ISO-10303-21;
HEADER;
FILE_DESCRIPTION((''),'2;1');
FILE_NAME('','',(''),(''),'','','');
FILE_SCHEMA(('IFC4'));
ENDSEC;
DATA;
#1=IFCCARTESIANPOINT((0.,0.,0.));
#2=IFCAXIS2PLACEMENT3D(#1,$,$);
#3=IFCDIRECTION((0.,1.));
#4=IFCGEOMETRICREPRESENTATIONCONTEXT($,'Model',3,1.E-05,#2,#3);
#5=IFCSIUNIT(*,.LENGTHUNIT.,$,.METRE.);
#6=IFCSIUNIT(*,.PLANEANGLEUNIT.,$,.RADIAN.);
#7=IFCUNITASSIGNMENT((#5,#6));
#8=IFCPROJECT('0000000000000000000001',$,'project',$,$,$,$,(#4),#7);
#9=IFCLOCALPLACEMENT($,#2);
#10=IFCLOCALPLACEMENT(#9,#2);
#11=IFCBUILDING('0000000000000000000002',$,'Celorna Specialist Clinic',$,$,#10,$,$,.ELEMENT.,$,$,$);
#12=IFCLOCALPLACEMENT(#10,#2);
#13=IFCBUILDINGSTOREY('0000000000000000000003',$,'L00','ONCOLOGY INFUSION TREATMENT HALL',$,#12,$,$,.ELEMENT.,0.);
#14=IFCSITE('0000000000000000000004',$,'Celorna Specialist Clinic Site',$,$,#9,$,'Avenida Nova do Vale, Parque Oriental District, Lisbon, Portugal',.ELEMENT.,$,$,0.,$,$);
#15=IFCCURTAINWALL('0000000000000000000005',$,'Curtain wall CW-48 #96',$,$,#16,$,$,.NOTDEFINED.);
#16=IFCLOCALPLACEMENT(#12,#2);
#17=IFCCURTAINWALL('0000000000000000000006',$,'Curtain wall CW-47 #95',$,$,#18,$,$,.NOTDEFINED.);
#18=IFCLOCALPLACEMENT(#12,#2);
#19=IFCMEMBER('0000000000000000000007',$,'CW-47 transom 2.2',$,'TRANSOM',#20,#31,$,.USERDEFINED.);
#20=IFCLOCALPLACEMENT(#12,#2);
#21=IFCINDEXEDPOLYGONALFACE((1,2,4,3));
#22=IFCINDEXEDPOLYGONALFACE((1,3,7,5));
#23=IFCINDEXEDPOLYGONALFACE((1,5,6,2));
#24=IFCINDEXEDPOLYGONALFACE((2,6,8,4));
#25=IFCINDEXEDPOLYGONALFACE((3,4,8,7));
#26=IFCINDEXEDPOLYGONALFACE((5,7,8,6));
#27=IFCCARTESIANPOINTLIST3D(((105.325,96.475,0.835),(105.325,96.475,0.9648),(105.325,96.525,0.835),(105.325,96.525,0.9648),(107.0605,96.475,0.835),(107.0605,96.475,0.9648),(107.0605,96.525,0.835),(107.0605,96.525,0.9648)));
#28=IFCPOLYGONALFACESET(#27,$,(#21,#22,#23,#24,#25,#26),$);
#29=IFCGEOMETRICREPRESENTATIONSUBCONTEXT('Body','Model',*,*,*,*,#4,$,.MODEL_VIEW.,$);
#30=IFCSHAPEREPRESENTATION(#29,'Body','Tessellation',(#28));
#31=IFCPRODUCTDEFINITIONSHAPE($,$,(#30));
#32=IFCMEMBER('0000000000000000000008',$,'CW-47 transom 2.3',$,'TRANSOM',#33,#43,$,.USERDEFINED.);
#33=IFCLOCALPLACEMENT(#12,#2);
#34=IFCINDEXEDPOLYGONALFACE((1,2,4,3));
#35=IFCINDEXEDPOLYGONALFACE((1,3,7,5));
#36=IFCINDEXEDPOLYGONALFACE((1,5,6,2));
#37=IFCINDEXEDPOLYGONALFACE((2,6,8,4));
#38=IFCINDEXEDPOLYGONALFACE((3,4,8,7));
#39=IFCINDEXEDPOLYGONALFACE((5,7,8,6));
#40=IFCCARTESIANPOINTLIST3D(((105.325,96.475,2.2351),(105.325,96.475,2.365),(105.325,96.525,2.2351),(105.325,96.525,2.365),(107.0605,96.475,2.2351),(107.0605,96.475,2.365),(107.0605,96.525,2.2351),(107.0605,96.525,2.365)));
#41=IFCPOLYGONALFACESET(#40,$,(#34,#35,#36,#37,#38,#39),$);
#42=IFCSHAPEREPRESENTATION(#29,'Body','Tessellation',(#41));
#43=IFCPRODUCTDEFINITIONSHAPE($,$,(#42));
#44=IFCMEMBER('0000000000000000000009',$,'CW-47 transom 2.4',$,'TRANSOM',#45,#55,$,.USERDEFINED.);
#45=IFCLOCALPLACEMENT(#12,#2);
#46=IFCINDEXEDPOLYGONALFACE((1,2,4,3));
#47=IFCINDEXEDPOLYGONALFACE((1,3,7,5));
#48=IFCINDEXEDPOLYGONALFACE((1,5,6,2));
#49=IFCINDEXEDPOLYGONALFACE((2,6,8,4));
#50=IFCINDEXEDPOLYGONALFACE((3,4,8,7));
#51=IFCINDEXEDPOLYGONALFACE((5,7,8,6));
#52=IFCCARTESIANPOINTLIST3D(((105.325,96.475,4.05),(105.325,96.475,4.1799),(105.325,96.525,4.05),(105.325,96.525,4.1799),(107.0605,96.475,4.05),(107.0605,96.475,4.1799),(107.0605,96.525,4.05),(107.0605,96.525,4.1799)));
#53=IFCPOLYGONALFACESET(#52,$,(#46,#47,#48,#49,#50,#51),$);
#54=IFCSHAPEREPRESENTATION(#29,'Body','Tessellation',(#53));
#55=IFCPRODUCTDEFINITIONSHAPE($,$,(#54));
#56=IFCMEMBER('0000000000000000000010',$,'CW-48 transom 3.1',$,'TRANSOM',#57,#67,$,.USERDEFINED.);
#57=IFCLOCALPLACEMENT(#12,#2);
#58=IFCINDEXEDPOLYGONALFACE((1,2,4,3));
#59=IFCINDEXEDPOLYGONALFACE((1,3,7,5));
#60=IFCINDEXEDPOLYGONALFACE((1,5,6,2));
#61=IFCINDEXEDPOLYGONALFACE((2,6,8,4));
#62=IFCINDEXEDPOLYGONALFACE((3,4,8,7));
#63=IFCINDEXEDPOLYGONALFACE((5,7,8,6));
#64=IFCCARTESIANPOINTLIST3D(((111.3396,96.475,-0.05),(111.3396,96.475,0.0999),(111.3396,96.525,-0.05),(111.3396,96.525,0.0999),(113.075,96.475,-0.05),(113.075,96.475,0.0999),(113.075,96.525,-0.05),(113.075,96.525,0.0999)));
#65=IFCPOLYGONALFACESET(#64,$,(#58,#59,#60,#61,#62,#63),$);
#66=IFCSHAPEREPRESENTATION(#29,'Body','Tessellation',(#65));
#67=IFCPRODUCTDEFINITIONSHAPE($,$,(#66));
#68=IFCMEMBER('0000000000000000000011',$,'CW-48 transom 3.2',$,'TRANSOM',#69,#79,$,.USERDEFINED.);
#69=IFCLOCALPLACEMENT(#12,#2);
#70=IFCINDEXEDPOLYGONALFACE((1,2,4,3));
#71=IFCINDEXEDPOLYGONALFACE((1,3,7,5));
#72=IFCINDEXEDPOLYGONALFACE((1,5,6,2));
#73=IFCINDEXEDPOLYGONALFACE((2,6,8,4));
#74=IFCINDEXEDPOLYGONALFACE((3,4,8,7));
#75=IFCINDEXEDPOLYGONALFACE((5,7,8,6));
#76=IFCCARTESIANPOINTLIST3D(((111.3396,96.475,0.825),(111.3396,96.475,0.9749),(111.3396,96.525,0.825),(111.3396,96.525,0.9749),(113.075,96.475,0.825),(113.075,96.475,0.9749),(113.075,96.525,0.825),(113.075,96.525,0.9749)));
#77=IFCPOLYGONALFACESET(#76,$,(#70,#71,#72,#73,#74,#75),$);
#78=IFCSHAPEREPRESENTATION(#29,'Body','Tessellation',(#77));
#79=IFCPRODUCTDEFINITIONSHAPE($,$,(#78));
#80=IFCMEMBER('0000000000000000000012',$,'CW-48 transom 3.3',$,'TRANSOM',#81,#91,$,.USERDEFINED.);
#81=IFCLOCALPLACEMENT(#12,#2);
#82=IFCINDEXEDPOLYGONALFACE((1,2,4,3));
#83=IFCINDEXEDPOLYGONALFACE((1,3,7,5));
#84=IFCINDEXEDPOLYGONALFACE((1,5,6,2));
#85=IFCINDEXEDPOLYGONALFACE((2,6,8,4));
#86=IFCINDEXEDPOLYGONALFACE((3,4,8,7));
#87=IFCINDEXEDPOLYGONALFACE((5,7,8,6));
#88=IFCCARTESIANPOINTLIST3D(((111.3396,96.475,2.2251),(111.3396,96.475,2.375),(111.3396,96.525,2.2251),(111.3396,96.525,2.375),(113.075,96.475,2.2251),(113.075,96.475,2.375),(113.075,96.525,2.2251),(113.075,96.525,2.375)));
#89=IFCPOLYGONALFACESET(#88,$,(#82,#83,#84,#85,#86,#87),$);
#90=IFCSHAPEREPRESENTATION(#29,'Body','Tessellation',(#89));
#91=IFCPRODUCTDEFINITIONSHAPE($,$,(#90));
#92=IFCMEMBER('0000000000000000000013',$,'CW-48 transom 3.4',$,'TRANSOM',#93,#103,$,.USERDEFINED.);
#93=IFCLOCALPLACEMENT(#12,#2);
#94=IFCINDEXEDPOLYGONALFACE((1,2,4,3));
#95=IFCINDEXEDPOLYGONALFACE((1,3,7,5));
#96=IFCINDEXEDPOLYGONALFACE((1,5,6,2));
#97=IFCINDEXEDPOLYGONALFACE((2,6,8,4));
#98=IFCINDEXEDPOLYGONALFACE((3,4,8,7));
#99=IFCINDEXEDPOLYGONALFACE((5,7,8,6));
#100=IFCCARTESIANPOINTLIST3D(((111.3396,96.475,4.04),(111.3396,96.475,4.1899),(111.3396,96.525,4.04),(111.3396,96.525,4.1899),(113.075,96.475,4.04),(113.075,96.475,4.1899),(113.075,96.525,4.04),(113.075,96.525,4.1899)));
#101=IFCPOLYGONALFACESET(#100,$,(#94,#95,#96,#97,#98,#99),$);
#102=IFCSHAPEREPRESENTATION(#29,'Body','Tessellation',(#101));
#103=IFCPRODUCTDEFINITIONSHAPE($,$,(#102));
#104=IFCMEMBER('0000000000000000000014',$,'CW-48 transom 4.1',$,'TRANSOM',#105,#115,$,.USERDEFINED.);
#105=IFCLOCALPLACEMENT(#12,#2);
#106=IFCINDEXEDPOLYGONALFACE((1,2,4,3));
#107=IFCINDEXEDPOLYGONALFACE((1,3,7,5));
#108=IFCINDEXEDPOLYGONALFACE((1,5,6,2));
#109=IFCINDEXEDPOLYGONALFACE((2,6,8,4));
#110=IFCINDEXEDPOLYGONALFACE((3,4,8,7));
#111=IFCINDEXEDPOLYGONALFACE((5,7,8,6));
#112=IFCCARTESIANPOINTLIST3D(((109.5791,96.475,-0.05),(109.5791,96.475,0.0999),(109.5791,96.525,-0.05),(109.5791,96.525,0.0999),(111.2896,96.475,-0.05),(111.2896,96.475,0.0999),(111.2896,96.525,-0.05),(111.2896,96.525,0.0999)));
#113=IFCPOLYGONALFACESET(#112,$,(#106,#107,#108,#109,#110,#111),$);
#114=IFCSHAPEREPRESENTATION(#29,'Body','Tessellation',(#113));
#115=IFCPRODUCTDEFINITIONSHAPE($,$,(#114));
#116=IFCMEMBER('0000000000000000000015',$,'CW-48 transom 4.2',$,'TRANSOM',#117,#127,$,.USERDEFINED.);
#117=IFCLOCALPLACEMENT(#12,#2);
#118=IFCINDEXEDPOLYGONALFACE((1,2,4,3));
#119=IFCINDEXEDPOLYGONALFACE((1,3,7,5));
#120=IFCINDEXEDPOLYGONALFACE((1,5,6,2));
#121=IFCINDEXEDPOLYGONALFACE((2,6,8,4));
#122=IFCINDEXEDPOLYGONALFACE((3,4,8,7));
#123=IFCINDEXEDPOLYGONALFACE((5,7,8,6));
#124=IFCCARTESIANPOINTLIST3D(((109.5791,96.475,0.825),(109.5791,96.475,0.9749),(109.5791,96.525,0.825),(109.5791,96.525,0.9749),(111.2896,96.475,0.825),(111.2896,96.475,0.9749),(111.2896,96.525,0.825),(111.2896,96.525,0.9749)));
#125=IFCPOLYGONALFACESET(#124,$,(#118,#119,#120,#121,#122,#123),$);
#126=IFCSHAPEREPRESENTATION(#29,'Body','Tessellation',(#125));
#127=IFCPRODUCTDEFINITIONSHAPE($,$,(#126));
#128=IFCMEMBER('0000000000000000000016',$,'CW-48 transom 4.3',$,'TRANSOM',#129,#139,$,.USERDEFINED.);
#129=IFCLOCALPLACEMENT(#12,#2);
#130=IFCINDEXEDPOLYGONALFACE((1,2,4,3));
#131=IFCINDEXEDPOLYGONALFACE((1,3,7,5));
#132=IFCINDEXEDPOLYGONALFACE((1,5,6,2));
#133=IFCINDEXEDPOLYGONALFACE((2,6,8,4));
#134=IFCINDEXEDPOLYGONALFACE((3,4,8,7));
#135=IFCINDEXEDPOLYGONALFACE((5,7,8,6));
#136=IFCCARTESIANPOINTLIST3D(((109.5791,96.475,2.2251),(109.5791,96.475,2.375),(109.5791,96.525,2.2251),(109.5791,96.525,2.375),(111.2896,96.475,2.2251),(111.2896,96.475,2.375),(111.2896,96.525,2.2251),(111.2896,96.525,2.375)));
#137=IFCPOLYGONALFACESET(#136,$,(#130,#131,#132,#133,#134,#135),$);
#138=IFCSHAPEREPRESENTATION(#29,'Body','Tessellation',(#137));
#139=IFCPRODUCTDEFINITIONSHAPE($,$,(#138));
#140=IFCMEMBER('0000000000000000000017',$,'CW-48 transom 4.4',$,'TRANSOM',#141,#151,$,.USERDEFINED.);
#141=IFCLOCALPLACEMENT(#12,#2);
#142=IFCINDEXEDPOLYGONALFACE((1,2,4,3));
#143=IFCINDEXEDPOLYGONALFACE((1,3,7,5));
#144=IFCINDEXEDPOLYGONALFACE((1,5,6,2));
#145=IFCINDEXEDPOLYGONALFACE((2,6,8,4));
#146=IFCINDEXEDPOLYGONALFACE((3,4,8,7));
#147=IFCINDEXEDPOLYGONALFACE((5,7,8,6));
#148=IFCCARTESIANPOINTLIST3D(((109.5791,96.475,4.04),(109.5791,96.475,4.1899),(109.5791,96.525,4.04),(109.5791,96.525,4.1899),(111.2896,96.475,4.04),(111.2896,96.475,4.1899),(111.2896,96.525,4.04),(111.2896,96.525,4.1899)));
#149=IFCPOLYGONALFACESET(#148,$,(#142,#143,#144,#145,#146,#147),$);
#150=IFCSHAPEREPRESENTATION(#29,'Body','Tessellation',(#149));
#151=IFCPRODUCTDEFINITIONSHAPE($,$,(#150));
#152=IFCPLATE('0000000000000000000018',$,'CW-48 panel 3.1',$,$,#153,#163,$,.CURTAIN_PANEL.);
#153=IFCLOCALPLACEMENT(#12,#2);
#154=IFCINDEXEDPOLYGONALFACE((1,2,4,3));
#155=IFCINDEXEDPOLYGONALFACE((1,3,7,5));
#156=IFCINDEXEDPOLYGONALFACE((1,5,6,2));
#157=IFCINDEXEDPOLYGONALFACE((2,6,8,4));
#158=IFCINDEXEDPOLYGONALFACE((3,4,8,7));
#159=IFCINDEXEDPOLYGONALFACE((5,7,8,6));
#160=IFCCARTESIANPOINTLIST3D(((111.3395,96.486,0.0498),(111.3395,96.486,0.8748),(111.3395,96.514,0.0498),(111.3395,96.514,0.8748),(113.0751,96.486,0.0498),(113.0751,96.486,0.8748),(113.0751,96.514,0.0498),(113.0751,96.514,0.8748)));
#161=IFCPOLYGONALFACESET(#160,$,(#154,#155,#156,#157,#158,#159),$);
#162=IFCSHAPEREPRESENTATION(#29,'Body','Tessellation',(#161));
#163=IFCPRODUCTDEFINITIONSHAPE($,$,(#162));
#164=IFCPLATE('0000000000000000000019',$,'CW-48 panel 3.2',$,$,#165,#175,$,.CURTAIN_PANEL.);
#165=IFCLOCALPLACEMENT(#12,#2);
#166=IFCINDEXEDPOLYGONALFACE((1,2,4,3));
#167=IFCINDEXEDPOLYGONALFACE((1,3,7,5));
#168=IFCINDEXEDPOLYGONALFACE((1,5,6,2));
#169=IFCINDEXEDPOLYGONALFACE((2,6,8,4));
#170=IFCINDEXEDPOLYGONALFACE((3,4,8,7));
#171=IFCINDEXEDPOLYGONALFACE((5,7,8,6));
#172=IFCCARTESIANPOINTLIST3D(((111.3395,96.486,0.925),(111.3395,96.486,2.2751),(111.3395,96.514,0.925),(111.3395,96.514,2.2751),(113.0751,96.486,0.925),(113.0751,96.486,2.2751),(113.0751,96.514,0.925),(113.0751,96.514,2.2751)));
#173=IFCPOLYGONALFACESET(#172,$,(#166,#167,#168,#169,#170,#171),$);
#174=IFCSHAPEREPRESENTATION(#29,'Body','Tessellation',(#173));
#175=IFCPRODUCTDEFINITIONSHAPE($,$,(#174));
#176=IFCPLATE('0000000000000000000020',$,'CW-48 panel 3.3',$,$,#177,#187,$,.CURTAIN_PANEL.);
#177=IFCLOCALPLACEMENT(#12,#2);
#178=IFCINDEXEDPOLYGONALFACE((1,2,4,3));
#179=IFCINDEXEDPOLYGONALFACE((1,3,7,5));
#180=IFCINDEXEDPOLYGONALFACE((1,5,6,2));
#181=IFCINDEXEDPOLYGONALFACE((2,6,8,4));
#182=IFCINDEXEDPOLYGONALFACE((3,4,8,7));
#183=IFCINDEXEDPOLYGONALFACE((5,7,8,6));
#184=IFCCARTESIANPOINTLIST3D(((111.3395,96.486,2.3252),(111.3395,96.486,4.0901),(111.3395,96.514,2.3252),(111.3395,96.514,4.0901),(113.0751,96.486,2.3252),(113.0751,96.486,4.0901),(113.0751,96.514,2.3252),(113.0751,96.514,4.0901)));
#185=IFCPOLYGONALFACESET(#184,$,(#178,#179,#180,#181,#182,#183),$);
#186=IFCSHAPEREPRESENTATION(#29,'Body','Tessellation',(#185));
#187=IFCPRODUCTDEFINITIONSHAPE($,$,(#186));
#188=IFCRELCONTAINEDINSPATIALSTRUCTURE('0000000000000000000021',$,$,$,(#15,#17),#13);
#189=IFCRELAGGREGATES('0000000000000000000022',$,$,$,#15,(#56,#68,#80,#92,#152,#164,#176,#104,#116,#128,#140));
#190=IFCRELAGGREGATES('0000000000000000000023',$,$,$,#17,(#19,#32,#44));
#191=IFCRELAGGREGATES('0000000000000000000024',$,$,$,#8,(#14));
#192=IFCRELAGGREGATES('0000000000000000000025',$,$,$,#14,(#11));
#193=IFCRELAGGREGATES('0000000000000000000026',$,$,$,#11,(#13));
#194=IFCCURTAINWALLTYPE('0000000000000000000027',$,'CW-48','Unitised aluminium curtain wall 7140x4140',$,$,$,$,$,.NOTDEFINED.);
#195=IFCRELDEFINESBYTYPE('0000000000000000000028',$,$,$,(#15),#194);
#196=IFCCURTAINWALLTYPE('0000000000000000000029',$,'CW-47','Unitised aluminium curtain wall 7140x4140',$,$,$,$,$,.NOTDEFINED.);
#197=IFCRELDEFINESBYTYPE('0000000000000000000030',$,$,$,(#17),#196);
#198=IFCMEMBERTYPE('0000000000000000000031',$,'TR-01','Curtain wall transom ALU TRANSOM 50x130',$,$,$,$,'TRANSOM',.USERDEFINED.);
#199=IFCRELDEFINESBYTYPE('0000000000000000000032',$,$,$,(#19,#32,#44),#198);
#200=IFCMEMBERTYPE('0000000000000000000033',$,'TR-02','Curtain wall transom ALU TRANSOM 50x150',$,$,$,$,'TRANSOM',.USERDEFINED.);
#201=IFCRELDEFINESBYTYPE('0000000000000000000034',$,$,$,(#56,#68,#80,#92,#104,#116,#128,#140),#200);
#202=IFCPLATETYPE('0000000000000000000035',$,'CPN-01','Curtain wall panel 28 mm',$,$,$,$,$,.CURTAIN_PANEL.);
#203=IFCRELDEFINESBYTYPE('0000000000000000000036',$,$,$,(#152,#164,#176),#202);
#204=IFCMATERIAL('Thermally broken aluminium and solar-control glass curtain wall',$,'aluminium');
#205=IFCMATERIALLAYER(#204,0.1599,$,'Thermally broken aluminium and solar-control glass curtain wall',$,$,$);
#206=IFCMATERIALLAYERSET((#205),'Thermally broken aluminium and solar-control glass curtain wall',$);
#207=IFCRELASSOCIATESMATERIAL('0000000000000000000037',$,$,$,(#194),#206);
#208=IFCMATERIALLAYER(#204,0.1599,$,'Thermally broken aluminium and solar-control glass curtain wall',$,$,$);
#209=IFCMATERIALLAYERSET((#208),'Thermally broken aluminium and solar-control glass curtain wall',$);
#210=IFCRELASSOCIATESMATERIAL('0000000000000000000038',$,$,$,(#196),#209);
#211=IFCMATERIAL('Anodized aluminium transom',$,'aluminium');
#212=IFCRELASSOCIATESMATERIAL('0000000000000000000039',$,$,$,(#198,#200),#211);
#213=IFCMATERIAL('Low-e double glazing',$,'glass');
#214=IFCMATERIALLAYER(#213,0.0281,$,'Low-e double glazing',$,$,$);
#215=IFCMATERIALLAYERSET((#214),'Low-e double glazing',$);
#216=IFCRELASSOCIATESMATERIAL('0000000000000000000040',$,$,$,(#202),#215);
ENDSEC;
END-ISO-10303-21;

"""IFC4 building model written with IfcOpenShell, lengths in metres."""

from ifc_helpers import new_model, si_unit, direction, frame, origin, origin_2d, place, context, subcontext, project, spatial, rectangle, extrude, material, layer, layer_set, material_profile, profile_set, type_object, element, aggregate, save


model = new_model("IFC4")

# Units and contexts
model_context = context("Model", 3, precision=1e-05, world=origin(), true_north=direction((0.0, 1.0)))
body_context = subcontext(model_context, "Body", "Model", "MODEL_VIEW")
ifc_project = project(units=[si_unit("LENGTHUNIT", "METRE"), si_unit("PLANEANGLEUNIT", "RADIAN")], contexts=[model_context])

# Site, building, storey
site_placement = place(None, origin())
site = spatial("IfcSite", under=ifc_project, at=site_placement, Name="Celorna Specialist Clinic Site", LongName="Avenida Nova do Vale, Parque Oriental District, Lisbon, Portugal", CompositionType="ELEMENT", RefElevation=0.0)
building_placement = place(site_placement, origin())
building = spatial("IfcBuilding", under=site, at=building_placement, Name="Celorna Specialist Clinic", CompositionType="ELEMENT")
storey_placement = place(building_placement, origin())
storey = spatial("IfcBuildingStorey", under=building, at=storey_placement, Name="L00", Description="ONCOLOGY INFUSION TREATMENT HALL", CompositionType="ELEMENT", Elevation=0.0)

# Curtain walls, members
ifc_material_1 = material(Name="Thermally broken aluminium and solar-control glass curtain wall", Category="aluminium")
ifc_layer_1 = layer(ifc_material_1, 0.1599, Name="Thermally broken aluminium and solar-control glass curtain wall")
ifc_layer_set_1 = layer_set([ifc_layer_1], Name="Thermally broken aluminium and solar-control glass curtain wall")
curtain_wall_type_1 = type_object("IfcCurtainWallType", Name="CW-48", Description="Unitised aluminium curtain wall 7140x4140", PredefinedType="NOTDEFINED", material=ifc_layer_set_1)
curtain_wall_1_placement = place(storey_placement, origin())
curtain_wall_1 = element("IfcCurtainWall", 1, at=curtain_wall_1_placement, inside=storey, type_object=curtain_wall_type_1, Name="Curtain wall CW-48 #96", PredefinedType="NOTDEFINED")
ifc_layer_2 = layer(ifc_material_1, 0.1599, Name="Thermally broken aluminium and solar-control glass curtain wall")
ifc_layer_set_2 = layer_set([ifc_layer_2], Name="Thermally broken aluminium and solar-control glass curtain wall")
curtain_wall_type_2 = type_object("IfcCurtainWallType", Name="CW-47", Description="Unitised aluminium curtain wall 7140x4140", PredefinedType="NOTDEFINED", material=ifc_layer_set_2)
curtain_wall_2_placement = place(storey_placement, origin())
curtain_wall_2 = element("IfcCurtainWall", 2, at=curtain_wall_2_placement, inside=storey, type_object=curtain_wall_type_2, Name="Curtain wall CW-47 #95", PredefinedType="NOTDEFINED")
ifc_material_2 = material(Name="Anodized aluminium transom", Category="aluminium")
ifc_material_profile_1 = material_profile(ifc_material_2, rectangle(XDim=0.05, YDim=0.1299, at=origin_2d()), Name="ALU TRANSOM 50x130")
ifc_profile_set_1 = profile_set([ifc_material_profile_1], Name="Anodized aluminium transom")
member_type_1 = type_object("IfcMemberType", Name="TR-01", Description="Curtain wall transom ALU TRANSOM 50x130", ElementType="TRANSOM", PredefinedType="USERDEFINED", material=ifc_profile_set_1)
member_1_placement = place(storey_placement, frame((107.0605, 96.5, 0.8999), z_axis=(-1.0, 0.0, 0.0), x_axis=(0.0, -1.0, 0.0)))
member_1 = element("IfcMember", 3, at=member_1_placement, type_object=member_type_1, Name="CW-47 transom 2.2", ObjectType="TRANSOM", PredefinedType="USERDEFINED", context=body_context, shape_type="SweptSolid", body=[
    extrude(rectangle(XDim=0.05, YDim=0.1299, at=origin_2d()), origin(), (0.0, 0.0, 1.0), 1.7356),
])
member_2_placement = place(storey_placement, frame((107.0605, 96.5, 2.3), z_axis=(-1.0, 0.0, 0.0), x_axis=(0.0, -1.0, 0.0)))
member_2 = element("IfcMember", 4, at=member_2_placement, type_object=member_type_1, Name="CW-47 transom 2.3", ObjectType="TRANSOM", PredefinedType="USERDEFINED", context=body_context, shape_type="SweptSolid", body=[
    extrude(rectangle(XDim=0.05, YDim=0.1299, at=origin_2d()), origin(), (0.0, 0.0, 1.0), 1.7356),
])
member_3_placement = place(storey_placement, frame((107.0605, 96.5, 4.115), z_axis=(-1.0, 0.0, 0.0), x_axis=(0.0, -1.0, 0.0)))
member_3 = element("IfcMember", 5, at=member_3_placement, type_object=member_type_1, Name="CW-47 transom 2.4", ObjectType="TRANSOM", PredefinedType="USERDEFINED", context=body_context, shape_type="SweptSolid", body=[
    extrude(rectangle(XDim=0.05, YDim=0.1299, at=origin_2d()), origin(), (0.0, 0.0, 1.0), 1.7356),
])

# Members
ifc_material_profile_2 = material_profile(ifc_material_2, rectangle(XDim=0.05, YDim=0.1499, at=origin_2d()), Name="ALU TRANSOM 50x150")
ifc_profile_set_2 = profile_set([ifc_material_profile_2], Name="Anodized aluminium transom")
member_type_2 = type_object("IfcMemberType", Name="TR-02", Description="Curtain wall transom ALU TRANSOM 50x150", ElementType="TRANSOM", PredefinedType="USERDEFINED", material=ifc_profile_set_2)
member_4_placement = place(storey_placement, frame((113.075, 96.5, 0.0249), z_axis=(-1.0, 0.0, 0.0), x_axis=(0.0, -1.0, 0.0)))
member_4 = element("IfcMember", 6, at=member_4_placement, type_object=member_type_2, Name="CW-48 transom 3.1", ObjectType="TRANSOM", PredefinedType="USERDEFINED", context=body_context, shape_type="SweptSolid", body=[
    extrude(rectangle(XDim=0.05, YDim=0.1499, at=origin_2d()), origin(), (0.0, 0.0, 1.0), 1.7354),
])
member_5_placement = place(storey_placement, frame((113.075, 96.5, 0.8999), z_axis=(-1.0, 0.0, 0.0), x_axis=(0.0, -1.0, 0.0)))
member_5 = element("IfcMember", 7, at=member_5_placement, type_object=member_type_2, Name="CW-48 transom 3.2", ObjectType="TRANSOM", PredefinedType="USERDEFINED", context=body_context, shape_type="SweptSolid", body=[
    extrude(rectangle(XDim=0.05, YDim=0.1499, at=origin_2d()), origin(), (0.0, 0.0, 1.0), 1.7354),
])
member_6_placement = place(storey_placement, frame((113.075, 96.5, 2.3), z_axis=(-1.0, 0.0, 0.0), x_axis=(0.0, -1.0, 0.0)))
member_6 = element("IfcMember", 8, at=member_6_placement, type_object=member_type_2, Name="CW-48 transom 3.3", ObjectType="TRANSOM", PredefinedType="USERDEFINED", context=body_context, shape_type="SweptSolid", body=[
    extrude(rectangle(XDim=0.05, YDim=0.1499, at=origin_2d()), origin(), (0.0, 0.0, 1.0), 1.7354),
])
member_7_placement = place(storey_placement, frame((113.075, 96.5, 4.115), z_axis=(-1.0, 0.0, 0.0), x_axis=(0.0, -1.0, 0.0)))
member_7 = element("IfcMember", 9, at=member_7_placement, type_object=member_type_2, Name="CW-48 transom 3.4", ObjectType="TRANSOM", PredefinedType="USERDEFINED", context=body_context, shape_type="SweptSolid", body=[
    extrude(rectangle(XDim=0.05, YDim=0.1499, at=origin_2d()), origin(), (0.0, 0.0, 1.0), 1.7354),
])
member_8_placement = place(storey_placement, frame((111.2896, 96.5, 0.0249), z_axis=(-1.0, 0.0, 0.0), x_axis=(0.0, -1.0, 0.0)))
member_8 = element("IfcMember", 10, at=member_8_placement, type_object=member_type_2, Name="CW-48 transom 4.1", ObjectType="TRANSOM", PredefinedType="USERDEFINED", context=body_context, shape_type="SweptSolid", body=[
    extrude(rectangle(XDim=0.05, YDim=0.1499, at=origin_2d()), origin(), (0.0, 0.0, 1.0), 1.7104),
])
member_9_placement = place(storey_placement, frame((111.2896, 96.5, 0.8999), z_axis=(-1.0, 0.0, 0.0), x_axis=(0.0, -1.0, 0.0)))
member_9 = element("IfcMember", 11, at=member_9_placement, type_object=member_type_2, Name="CW-48 transom 4.2", ObjectType="TRANSOM", PredefinedType="USERDEFINED", context=body_context, shape_type="SweptSolid", body=[
    extrude(rectangle(XDim=0.05, YDim=0.1499, at=origin_2d()), origin(), (0.0, 0.0, 1.0), 1.7104),
])
member_10_placement = place(storey_placement, frame((111.2896, 96.5, 2.3), z_axis=(-1.0, 0.0, 0.0), x_axis=(0.0, -1.0, 0.0)))
member_10 = element("IfcMember", 12, at=member_10_placement, type_object=member_type_2, Name="CW-48 transom 4.3", ObjectType="TRANSOM", PredefinedType="USERDEFINED", context=body_context, shape_type="SweptSolid", body=[
    extrude(rectangle(XDim=0.05, YDim=0.1499, at=origin_2d()), origin(), (0.0, 0.0, 1.0), 1.7104),
])
member_11_placement = place(storey_placement, frame((111.2896, 96.5, 4.115), z_axis=(-1.0, 0.0, 0.0), x_axis=(0.0, -1.0, 0.0)))
member_11 = element("IfcMember", 13, at=member_11_placement, type_object=member_type_2, Name="CW-48 transom 4.4", ObjectType="TRANSOM", PredefinedType="USERDEFINED", context=body_context, shape_type="SweptSolid", body=[
    extrude(rectangle(XDim=0.05, YDim=0.1499, at=origin_2d()), origin(), (0.0, 0.0, 1.0), 1.7104),
])

# Plates
ifc_material_3 = material(Name="Low-e double glazing", Category="glass")
ifc_layer_3 = layer(ifc_material_3, 0.0281, Name="Low-e double glazing")
ifc_layer_set_3 = layer_set([ifc_layer_3], Name="Low-e double glazing")
plate_type_1 = type_object("IfcPlateType", Name="CPN-01", Description="Curtain wall panel 28 mm", PredefinedType="CURTAIN_PANEL", material=ifc_layer_set_3)
plate_1_placement = place(storey_placement, frame((112.2073, 96.5, 0.0498), z_axis=(0.0, 0.0, 1.0), x_axis=(-1.0, 0.0, 0.0)))
plate_1 = element("IfcPlate", 14, at=plate_1_placement, type_object=plate_type_1, Name="CW-48 panel 3.1", PredefinedType="CURTAIN_PANEL", context=body_context, shape_type="SweptSolid", body=[
    extrude(rectangle(XDim=1.7356, YDim=0.0281, at=origin_2d()), origin(), (0.0, 0.0, 1.0), 0.825),
])
plate_2_placement = place(storey_placement, frame((112.2073, 96.5, 0.925), z_axis=(0.0, 0.0, 1.0), x_axis=(-1.0, 0.0, 0.0)))
plate_2 = element("IfcPlate", 15, at=plate_2_placement, type_object=plate_type_1, Name="CW-48 panel 3.2", PredefinedType="CURTAIN_PANEL", context=body_context, shape_type="SweptSolid", body=[
    extrude(rectangle(XDim=1.7356, YDim=0.0281, at=origin_2d()), origin(), (0.0, 0.0, 1.0), 1.3501),
])
plate_3_placement = place(storey_placement, frame((112.2073, 96.5, 2.3252), z_axis=(0.0, 0.0, 1.0), x_axis=(-1.0, 0.0, 0.0)))
plate_3 = element("IfcPlate", 16, at=plate_3_placement, type_object=plate_type_1, Name="CW-48 panel 3.3", PredefinedType="CURTAIN_PANEL", context=body_context, shape_type="SweptSolid", body=[
    extrude(rectangle(XDim=1.7356, YDim=0.0281, at=origin_2d()), origin(), (0.0, 0.0, 1.0), 1.7649),
])
aggregate(curtain_wall_1, [member_4, member_5, member_6, member_7, plate_1, plate_2, plate_3, member_8, member_9, member_10, member_11])
aggregate(curtain_wall_2, [member_1, member_2, member_3])

save(model, "model.ifc")
